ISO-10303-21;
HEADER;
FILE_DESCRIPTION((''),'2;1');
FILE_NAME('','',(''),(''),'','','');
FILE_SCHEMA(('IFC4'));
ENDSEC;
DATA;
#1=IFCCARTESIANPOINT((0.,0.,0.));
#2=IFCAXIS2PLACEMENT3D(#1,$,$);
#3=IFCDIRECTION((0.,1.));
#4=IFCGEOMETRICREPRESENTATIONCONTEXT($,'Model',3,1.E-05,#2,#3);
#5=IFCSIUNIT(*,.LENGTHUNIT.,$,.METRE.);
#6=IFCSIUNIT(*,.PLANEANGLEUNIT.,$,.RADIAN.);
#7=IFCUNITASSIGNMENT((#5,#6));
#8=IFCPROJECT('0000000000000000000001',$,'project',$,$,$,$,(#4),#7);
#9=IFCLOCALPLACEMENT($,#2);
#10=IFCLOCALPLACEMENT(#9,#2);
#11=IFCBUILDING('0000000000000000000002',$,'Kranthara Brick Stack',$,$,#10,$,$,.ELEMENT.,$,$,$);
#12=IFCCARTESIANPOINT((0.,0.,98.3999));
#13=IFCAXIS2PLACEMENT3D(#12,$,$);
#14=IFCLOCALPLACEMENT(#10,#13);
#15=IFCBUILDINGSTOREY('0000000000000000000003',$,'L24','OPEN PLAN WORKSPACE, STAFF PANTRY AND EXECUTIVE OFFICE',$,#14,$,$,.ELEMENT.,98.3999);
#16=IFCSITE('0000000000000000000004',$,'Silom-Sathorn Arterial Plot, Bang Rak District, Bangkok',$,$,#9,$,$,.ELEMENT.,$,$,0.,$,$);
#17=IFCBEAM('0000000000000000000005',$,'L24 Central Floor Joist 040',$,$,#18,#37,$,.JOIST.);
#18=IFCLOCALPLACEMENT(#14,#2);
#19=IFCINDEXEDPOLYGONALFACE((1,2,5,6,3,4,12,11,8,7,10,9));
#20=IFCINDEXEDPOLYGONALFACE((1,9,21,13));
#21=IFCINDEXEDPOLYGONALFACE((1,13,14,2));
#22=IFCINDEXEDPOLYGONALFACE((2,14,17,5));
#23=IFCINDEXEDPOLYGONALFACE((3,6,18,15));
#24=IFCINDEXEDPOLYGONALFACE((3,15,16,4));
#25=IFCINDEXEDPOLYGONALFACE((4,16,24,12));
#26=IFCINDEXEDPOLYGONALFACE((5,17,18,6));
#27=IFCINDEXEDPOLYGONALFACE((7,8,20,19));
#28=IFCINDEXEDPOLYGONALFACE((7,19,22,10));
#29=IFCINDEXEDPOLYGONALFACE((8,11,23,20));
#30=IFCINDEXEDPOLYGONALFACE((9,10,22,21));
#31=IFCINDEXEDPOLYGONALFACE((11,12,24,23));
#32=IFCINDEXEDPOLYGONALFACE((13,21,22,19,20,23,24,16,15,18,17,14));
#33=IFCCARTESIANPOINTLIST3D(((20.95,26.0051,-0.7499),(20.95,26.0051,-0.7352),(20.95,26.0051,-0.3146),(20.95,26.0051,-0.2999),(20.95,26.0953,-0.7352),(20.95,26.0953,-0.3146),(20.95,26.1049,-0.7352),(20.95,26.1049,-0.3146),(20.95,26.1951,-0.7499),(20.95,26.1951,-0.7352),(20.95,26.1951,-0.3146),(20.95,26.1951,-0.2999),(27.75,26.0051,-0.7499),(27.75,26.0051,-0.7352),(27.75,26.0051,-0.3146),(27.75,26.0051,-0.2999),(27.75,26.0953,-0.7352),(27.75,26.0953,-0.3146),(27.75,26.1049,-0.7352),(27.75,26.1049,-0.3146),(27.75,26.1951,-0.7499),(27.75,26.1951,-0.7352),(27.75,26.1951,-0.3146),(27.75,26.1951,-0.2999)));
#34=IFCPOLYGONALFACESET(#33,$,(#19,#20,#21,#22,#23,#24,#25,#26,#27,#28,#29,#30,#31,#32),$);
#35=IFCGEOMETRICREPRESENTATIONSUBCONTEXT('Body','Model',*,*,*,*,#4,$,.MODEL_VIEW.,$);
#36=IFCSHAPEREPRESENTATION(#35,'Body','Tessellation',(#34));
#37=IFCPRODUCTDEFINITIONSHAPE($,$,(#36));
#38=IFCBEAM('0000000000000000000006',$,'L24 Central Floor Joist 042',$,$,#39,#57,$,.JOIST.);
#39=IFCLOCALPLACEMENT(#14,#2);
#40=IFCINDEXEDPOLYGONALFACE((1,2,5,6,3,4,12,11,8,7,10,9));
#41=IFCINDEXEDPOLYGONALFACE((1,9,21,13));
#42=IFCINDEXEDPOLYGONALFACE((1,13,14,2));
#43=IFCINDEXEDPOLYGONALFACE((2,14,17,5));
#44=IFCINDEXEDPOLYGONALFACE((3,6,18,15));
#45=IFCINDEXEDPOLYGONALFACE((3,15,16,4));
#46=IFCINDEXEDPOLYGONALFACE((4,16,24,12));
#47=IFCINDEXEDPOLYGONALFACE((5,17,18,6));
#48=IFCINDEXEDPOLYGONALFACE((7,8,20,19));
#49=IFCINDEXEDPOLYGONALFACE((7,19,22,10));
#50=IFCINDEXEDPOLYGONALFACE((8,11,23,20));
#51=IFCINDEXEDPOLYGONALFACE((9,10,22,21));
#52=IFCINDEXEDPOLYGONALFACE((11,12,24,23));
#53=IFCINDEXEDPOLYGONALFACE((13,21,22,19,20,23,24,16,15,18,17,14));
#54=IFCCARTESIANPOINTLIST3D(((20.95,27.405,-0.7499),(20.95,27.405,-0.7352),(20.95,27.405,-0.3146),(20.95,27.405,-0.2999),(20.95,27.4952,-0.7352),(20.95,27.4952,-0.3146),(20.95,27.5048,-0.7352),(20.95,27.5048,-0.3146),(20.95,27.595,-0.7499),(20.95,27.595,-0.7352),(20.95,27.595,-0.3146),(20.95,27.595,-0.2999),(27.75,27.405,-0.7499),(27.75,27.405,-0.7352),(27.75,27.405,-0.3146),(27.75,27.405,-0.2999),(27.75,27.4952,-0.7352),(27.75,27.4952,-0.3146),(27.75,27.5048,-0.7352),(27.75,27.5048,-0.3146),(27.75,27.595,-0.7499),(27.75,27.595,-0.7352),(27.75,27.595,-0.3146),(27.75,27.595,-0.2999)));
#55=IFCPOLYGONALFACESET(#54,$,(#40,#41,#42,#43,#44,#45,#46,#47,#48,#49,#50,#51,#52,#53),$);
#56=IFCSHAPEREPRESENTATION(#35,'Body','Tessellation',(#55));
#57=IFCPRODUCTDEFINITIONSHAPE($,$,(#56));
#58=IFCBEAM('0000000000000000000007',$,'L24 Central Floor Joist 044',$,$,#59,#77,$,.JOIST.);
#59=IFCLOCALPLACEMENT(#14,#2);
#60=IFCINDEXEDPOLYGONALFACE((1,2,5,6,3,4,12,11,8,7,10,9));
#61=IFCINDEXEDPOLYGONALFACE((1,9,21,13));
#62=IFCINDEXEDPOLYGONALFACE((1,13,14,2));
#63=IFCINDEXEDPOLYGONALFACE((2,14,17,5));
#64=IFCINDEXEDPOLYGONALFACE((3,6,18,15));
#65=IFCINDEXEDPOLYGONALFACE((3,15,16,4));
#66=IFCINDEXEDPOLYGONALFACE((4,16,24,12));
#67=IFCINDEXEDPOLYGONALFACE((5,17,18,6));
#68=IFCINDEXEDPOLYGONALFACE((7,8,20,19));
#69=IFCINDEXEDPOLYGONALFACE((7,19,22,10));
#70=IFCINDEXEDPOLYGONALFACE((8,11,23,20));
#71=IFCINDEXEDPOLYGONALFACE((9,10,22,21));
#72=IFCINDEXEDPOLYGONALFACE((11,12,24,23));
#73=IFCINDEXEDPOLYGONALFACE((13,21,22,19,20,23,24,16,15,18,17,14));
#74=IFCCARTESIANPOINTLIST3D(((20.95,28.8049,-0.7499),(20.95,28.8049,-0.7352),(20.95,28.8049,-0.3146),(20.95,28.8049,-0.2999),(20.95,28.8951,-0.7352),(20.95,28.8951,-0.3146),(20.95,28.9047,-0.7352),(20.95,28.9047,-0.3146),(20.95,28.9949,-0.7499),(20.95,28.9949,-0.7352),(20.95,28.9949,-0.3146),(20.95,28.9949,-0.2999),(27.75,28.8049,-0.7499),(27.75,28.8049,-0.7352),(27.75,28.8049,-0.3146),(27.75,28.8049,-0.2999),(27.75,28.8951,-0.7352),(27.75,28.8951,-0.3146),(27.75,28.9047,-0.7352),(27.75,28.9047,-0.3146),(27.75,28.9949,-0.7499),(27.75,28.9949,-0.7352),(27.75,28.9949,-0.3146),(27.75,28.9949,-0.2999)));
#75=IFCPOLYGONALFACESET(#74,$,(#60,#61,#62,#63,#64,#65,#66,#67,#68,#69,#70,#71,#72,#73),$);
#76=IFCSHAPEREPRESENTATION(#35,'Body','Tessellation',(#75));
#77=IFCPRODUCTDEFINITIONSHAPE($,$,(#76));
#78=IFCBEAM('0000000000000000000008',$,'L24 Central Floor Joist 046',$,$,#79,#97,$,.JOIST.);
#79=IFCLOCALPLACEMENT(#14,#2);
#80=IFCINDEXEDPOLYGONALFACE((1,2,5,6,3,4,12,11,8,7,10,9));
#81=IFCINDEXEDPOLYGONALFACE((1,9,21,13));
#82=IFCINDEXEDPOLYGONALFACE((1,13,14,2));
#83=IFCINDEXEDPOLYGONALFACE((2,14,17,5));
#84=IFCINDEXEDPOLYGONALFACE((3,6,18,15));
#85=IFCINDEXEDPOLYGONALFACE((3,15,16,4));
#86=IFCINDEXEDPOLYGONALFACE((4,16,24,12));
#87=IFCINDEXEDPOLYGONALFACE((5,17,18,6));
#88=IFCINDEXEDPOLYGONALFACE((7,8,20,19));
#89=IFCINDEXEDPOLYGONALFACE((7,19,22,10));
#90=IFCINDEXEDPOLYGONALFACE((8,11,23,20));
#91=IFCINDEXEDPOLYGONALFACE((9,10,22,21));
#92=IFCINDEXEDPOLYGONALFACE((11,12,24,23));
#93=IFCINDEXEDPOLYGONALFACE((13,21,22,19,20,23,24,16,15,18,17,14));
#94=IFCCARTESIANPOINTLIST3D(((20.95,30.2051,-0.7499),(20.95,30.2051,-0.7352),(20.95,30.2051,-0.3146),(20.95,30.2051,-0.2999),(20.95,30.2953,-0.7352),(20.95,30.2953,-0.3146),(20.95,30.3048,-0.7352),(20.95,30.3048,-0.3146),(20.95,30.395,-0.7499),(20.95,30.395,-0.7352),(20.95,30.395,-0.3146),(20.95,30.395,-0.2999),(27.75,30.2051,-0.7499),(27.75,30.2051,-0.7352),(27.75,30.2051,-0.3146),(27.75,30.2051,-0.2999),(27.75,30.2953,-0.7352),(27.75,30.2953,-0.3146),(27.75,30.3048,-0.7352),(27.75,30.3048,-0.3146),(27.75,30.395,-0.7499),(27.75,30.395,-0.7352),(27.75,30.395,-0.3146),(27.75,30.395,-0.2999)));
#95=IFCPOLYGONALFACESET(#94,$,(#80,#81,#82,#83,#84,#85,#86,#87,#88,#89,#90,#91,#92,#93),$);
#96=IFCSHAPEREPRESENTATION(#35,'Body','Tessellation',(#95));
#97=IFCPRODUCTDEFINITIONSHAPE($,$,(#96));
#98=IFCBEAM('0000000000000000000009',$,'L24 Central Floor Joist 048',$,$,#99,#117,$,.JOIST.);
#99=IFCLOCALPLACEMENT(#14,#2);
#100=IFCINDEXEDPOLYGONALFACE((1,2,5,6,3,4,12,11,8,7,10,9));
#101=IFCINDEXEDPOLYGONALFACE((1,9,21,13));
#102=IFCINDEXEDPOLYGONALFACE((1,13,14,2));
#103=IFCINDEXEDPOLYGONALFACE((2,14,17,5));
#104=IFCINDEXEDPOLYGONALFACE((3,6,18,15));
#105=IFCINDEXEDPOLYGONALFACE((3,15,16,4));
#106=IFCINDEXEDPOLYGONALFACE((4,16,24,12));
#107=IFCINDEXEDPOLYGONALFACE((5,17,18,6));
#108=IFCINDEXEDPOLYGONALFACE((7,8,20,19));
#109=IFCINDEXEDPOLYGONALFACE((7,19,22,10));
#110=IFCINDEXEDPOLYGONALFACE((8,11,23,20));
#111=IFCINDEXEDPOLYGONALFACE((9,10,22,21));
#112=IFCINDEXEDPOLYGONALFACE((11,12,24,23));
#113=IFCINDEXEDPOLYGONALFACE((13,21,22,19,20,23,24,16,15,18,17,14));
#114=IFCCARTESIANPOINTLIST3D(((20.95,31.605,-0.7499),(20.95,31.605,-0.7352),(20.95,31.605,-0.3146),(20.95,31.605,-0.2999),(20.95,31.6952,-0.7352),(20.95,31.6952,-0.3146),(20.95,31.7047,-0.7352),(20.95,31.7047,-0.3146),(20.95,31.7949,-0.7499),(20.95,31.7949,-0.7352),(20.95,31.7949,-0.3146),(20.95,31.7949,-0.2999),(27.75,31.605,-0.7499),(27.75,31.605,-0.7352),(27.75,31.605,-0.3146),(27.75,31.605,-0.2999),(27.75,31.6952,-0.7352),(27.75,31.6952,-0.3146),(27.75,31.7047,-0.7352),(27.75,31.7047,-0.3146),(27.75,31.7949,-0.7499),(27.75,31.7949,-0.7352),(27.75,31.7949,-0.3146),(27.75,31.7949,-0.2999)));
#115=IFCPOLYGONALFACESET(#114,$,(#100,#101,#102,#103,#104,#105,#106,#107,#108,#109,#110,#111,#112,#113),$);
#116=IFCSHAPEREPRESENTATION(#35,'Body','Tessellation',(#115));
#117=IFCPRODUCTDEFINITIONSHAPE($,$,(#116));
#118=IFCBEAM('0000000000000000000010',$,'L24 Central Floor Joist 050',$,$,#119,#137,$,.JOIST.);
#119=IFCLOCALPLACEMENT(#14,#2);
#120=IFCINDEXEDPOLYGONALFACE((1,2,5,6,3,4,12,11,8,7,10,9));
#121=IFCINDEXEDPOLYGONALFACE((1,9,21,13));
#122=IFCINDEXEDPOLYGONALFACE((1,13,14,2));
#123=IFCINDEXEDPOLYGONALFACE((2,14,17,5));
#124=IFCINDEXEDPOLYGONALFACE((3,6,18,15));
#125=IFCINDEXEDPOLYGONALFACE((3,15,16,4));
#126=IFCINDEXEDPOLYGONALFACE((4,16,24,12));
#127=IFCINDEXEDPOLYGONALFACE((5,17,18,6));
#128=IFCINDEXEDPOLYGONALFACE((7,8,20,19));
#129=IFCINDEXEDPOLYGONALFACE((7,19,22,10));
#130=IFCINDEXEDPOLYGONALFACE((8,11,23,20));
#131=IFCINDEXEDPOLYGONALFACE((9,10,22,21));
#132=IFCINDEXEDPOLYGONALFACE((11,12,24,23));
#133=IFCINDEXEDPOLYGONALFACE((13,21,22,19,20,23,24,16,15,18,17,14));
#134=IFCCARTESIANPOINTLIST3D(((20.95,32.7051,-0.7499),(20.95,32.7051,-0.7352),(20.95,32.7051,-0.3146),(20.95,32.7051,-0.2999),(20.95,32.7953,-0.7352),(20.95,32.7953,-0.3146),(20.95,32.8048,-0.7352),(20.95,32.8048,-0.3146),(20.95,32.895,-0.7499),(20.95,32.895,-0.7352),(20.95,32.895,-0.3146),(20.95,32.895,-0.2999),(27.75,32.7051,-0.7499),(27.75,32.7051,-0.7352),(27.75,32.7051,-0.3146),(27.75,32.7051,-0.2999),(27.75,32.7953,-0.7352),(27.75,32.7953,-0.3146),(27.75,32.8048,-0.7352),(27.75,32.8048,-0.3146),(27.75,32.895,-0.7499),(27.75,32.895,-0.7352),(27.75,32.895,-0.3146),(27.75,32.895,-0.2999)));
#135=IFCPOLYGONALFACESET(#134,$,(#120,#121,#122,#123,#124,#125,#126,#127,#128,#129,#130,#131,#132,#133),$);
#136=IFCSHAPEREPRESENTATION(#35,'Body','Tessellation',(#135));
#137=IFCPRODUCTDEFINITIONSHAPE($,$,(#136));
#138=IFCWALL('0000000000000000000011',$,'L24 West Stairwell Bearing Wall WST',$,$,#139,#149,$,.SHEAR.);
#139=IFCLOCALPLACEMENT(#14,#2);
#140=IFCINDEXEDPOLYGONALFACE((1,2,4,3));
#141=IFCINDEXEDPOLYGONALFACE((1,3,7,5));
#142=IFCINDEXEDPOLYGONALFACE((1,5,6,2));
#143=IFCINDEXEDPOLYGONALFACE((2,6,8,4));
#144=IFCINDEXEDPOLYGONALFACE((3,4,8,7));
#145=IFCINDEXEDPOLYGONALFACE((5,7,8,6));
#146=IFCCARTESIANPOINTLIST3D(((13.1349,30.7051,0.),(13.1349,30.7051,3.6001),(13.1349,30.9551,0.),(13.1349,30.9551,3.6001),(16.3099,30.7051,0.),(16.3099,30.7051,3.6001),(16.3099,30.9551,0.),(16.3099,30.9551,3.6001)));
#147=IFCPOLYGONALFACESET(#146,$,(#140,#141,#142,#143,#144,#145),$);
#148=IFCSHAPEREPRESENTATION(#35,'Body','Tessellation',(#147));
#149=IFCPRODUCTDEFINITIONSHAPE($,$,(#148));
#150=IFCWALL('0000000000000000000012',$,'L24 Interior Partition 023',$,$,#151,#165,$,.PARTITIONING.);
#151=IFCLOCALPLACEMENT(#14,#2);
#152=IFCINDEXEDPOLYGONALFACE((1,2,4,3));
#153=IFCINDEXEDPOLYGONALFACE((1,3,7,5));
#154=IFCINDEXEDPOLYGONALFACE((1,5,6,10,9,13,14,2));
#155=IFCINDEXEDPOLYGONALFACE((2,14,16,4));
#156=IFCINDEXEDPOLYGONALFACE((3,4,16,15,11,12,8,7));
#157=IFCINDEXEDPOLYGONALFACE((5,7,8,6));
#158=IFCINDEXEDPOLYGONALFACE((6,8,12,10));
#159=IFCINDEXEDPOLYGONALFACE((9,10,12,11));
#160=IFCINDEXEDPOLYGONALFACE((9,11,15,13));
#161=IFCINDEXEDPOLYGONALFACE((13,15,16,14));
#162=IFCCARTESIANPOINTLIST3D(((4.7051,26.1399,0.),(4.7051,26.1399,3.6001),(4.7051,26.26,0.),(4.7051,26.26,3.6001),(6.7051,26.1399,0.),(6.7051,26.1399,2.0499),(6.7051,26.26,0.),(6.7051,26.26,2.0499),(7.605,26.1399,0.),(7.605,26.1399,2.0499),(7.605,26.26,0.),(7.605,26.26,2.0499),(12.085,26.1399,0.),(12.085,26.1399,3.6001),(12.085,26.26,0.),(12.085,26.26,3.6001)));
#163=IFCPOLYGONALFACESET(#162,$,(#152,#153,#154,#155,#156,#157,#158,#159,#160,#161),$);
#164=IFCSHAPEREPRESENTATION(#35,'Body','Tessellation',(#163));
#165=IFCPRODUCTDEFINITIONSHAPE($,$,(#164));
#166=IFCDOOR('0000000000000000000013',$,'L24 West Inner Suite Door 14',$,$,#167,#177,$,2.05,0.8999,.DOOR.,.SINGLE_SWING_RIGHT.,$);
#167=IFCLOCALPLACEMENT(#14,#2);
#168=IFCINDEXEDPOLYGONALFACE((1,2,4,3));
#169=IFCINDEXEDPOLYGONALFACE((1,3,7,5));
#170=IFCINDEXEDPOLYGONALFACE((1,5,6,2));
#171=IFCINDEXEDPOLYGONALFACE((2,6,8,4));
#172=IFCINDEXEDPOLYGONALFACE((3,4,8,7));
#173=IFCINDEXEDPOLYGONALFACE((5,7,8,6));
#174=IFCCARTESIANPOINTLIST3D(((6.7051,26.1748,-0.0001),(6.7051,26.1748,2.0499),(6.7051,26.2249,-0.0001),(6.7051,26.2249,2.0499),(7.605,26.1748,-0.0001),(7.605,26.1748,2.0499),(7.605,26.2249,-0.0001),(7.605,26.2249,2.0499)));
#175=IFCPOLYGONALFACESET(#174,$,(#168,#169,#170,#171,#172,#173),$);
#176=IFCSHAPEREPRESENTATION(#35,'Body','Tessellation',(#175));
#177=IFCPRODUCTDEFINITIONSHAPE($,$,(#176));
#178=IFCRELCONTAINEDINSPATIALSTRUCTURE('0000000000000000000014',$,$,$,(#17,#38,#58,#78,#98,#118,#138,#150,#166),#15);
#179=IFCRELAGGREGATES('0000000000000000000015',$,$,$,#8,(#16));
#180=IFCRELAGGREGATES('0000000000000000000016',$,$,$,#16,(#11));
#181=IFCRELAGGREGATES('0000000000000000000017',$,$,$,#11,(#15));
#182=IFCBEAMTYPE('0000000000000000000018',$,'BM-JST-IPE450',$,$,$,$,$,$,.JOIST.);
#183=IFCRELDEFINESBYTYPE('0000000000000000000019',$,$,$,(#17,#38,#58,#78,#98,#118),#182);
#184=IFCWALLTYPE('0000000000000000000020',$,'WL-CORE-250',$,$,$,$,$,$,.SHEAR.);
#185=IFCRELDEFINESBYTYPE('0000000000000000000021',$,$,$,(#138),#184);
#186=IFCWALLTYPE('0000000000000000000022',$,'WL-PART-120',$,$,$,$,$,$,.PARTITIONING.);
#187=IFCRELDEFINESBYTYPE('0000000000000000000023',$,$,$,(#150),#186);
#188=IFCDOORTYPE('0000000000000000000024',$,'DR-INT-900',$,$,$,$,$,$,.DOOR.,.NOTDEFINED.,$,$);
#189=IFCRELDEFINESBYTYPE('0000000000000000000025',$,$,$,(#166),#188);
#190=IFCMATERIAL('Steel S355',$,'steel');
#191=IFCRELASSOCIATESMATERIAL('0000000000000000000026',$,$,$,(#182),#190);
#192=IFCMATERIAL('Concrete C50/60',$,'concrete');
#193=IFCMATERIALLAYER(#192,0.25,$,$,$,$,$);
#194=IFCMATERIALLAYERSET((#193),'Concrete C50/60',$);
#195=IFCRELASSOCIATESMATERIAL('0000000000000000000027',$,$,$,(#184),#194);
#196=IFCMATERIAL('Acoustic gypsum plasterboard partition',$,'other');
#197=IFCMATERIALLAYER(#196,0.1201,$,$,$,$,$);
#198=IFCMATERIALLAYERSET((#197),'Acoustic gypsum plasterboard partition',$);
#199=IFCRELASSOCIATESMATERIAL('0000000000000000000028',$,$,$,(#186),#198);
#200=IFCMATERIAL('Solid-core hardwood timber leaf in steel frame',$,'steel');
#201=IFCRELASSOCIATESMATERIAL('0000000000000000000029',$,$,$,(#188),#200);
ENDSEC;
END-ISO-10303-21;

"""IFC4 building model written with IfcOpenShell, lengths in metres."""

from ifc_helpers import new_model, si_unit, direction, frame, frame_2d, origin, origin_2d, place, context, subcontext, project, spatial, rectangle, i_section, extrude, material, layer, layer_set, material_profile, profile_set, type_object, element, fill, save


model = new_model("IFC4")

# Units and contexts
model_context = context("Model", 3, precision=1e-05, world=origin(), true_north=direction((0.0, 1.0)))
body_context = subcontext(model_context, "Body", "Model", "MODEL_VIEW")
ifc_project = project(units=[si_unit("LENGTHUNIT", "METRE"), si_unit("PLANEANGLEUNIT", "RADIAN")], contexts=[model_context])

# Site, building, storey
site_placement = place(None, origin())
site = spatial("IfcSite", under=ifc_project, at=site_placement, Name="Silom-Sathorn Arterial Plot, Bang Rak District, Bangkok", CompositionType="ELEMENT", RefElevation=0.0)
building_placement = place(site_placement, origin())
building = spatial("IfcBuilding", under=site, at=building_placement, Name="Kranthara Brick Stack", CompositionType="ELEMENT")
storey_placement = place(building_placement, frame((0.0, 0.0, 98.3999)))
storey = spatial("IfcBuildingStorey", under=building, at=storey_placement, Name="L24", Description="OPEN PLAN WORKSPACE, STAFF PANTRY AND EXECUTIVE OFFICE", CompositionType="ELEMENT", Elevation=98.3999)

# Beams
ifc_material_1 = material(Name="Steel S355", Category="steel")
ifc_material_profile = material_profile(ifc_material_1, i_section(OverallWidth=0.1899, OverallDepth=0.45, WebThickness=0.0095, FlangeThickness=0.0146, at=origin_2d()), Name="IPE 450")
ifc_profile_set = profile_set([ifc_material_profile], Name="Steel S355")
beam_type = type_object("IfcBeamType", Name="BM-JST-IPE450", PredefinedType="JOIST", material=ifc_profile_set)
for number, where, z_axis, x_axis, name in (
    (1, (20.95, 26.1001, -0.5249), (1.0, 0.0, 0.0), (0.0, 1.0, 0.0), "L24 Central Floor Joist 040"),
    (2, (20.95, 27.5, -0.5249), (1.0, 0.0, 0.0), (0.0, 1.0, 0.0), "L24 Central Floor Joist 042"),
    (3, (20.95, 28.8999, -0.5249), (1.0, 0.0, 0.0), (0.0, 1.0, 0.0), "L24 Central Floor Joist 044"),
    (4, (20.95, 30.3, -0.5249), (1.0, 0.0, 0.0), (0.0, 1.0, 0.0), "L24 Central Floor Joist 046"),
    (5, (20.95, 31.7, -0.5249), (1.0, 0.0, 0.0), (0.0, 1.0, 0.0), "L24 Central Floor Joist 048"),
    (6, (20.95, 32.8, -0.5249), (1.0, 0.0, 0.0), (0.0, 1.0, 0.0), "L24 Central Floor Joist 050"),
):
    element("IfcBeam", number, at=place(storey_placement, frame(where, z_axis=z_axis, x_axis=x_axis)), inside=storey, type_object=beam_type, Name=name, PredefinedType="JOIST", context=body_context, shape_type="SweptSolid", body=[
        extrude(i_section(OverallWidth=0.1899, OverallDepth=0.45, WebThickness=0.0095, FlangeThickness=0.0146, at=origin_2d()), origin(), (0.0, 0.0, 1.0), 6.8),
    ])

# Wall
ifc_material_2 = material(Name="Concrete C50/60", Category="concrete")
ifc_layer_1 = layer(ifc_material_2, 0.25)
ifc_layer_set_1 = layer_set([ifc_layer_1], Name="Concrete C50/60")
wall_type_1 = type_object("IfcWallType", Name="WL-CORE-250", PredefinedType="SHEAR", material=ifc_layer_set_1)
wall_1_placement = place(storey_placement, frame((13.135, 30.8301, 0.0), z_axis=(0.0, 0.0, 1.0), x_axis=(1.0, 0.0, 0.0)))
element("IfcWall", 7, at=wall_1_placement, inside=storey, type_object=wall_type_1, Name="L24 West Stairwell Bearing Wall WST", PredefinedType="SHEAR", context=body_context, shape_type="SweptSolid", body=[
    extrude(rectangle(XDim=3.175, YDim=0.25, at=frame_2d((1.5874, 0.0))), origin(), (0.0, 0.0, 1.0), 3.6001),
])

# Wall, opening, door
ifc_material_3 = material(Name="Acoustic gypsum plasterboard partition", Category="other")
ifc_layer_2 = layer(ifc_material_3, 0.1201)
ifc_layer_set_2 = layer_set([ifc_layer_2], Name="Acoustic gypsum plasterboard partition")
wall_type_2 = type_object("IfcWallType", Name="WL-PART-120", PredefinedType="PARTITIONING", material=ifc_layer_set_2)
wall_2_placement = place(storey_placement, frame((4.7051, 26.2, 0.0), z_axis=(0.0, 0.0, 1.0), x_axis=(1.0, 0.0, 0.0)))
wall_2 = element("IfcWall", 8, at=wall_2_placement, inside=storey, type_object=wall_type_2, Name="L24 Interior Partition 023", PredefinedType="PARTITIONING", context=body_context, shape_type="SweptSolid", body=[
    extrude(rectangle(XDim=7.3799, YDim=0.1201, at=frame_2d((3.6899, 0.0))), origin(), (0.0, 0.0, 1.0), 3.6001),
])
opening_1_placement = place(wall_2_placement, frame((2.0, 0.0, 0.0)))
opening_1 = element("IfcOpeningElement", 9, at=opening_1_placement, cuts=wall_2, PredefinedType="OPENING", context=body_context, shape_type="SweptSolid", body=[
    extrude(rectangle(XDim=0.8999, YDim=2.05, at=frame_2d((0.45, 1.0249))), frame((0.0, 0.0701, 0.0), z_axis=(0.0, -1.0, 0.0), x_axis=(1.0, 0.0, 0.0)), (0.0, 0.0, 1.0), 0.1401),
])
ifc_material_4 = material(Name="Solid-core hardwood timber leaf in steel frame", Category="steel")
door_type_1 = type_object("IfcDoorType", Name="DR-INT-900", OperationType="NOTDEFINED", PredefinedType="DOOR", material=ifc_material_4)
door_1_placement = place(opening_1_placement, origin())
door_1 = element("IfcDoor", 10, at=door_1_placement, inside=storey, type_object=door_type_1, Name="L24 West Inner Suite Door 14", OperationType="SINGLE_SWING_RIGHT", OverallHeight=2.05, OverallWidth=0.8999, PredefinedType="DOOR", context=body_context, shape_type="SweptSolid", body=[
    extrude(rectangle(XDim=0.8999, YDim=2.05, at=frame_2d((0.45, 1.0249))), frame((0.0, 0.0249, 0.0), z_axis=(0.0, -1.0, 0.0), x_axis=(1.0, 0.0, 0.0)), (0.0, 0.0, 1.0), 0.05),
])
fill(opening_1, door_1)

save(model, "model.ifc")
